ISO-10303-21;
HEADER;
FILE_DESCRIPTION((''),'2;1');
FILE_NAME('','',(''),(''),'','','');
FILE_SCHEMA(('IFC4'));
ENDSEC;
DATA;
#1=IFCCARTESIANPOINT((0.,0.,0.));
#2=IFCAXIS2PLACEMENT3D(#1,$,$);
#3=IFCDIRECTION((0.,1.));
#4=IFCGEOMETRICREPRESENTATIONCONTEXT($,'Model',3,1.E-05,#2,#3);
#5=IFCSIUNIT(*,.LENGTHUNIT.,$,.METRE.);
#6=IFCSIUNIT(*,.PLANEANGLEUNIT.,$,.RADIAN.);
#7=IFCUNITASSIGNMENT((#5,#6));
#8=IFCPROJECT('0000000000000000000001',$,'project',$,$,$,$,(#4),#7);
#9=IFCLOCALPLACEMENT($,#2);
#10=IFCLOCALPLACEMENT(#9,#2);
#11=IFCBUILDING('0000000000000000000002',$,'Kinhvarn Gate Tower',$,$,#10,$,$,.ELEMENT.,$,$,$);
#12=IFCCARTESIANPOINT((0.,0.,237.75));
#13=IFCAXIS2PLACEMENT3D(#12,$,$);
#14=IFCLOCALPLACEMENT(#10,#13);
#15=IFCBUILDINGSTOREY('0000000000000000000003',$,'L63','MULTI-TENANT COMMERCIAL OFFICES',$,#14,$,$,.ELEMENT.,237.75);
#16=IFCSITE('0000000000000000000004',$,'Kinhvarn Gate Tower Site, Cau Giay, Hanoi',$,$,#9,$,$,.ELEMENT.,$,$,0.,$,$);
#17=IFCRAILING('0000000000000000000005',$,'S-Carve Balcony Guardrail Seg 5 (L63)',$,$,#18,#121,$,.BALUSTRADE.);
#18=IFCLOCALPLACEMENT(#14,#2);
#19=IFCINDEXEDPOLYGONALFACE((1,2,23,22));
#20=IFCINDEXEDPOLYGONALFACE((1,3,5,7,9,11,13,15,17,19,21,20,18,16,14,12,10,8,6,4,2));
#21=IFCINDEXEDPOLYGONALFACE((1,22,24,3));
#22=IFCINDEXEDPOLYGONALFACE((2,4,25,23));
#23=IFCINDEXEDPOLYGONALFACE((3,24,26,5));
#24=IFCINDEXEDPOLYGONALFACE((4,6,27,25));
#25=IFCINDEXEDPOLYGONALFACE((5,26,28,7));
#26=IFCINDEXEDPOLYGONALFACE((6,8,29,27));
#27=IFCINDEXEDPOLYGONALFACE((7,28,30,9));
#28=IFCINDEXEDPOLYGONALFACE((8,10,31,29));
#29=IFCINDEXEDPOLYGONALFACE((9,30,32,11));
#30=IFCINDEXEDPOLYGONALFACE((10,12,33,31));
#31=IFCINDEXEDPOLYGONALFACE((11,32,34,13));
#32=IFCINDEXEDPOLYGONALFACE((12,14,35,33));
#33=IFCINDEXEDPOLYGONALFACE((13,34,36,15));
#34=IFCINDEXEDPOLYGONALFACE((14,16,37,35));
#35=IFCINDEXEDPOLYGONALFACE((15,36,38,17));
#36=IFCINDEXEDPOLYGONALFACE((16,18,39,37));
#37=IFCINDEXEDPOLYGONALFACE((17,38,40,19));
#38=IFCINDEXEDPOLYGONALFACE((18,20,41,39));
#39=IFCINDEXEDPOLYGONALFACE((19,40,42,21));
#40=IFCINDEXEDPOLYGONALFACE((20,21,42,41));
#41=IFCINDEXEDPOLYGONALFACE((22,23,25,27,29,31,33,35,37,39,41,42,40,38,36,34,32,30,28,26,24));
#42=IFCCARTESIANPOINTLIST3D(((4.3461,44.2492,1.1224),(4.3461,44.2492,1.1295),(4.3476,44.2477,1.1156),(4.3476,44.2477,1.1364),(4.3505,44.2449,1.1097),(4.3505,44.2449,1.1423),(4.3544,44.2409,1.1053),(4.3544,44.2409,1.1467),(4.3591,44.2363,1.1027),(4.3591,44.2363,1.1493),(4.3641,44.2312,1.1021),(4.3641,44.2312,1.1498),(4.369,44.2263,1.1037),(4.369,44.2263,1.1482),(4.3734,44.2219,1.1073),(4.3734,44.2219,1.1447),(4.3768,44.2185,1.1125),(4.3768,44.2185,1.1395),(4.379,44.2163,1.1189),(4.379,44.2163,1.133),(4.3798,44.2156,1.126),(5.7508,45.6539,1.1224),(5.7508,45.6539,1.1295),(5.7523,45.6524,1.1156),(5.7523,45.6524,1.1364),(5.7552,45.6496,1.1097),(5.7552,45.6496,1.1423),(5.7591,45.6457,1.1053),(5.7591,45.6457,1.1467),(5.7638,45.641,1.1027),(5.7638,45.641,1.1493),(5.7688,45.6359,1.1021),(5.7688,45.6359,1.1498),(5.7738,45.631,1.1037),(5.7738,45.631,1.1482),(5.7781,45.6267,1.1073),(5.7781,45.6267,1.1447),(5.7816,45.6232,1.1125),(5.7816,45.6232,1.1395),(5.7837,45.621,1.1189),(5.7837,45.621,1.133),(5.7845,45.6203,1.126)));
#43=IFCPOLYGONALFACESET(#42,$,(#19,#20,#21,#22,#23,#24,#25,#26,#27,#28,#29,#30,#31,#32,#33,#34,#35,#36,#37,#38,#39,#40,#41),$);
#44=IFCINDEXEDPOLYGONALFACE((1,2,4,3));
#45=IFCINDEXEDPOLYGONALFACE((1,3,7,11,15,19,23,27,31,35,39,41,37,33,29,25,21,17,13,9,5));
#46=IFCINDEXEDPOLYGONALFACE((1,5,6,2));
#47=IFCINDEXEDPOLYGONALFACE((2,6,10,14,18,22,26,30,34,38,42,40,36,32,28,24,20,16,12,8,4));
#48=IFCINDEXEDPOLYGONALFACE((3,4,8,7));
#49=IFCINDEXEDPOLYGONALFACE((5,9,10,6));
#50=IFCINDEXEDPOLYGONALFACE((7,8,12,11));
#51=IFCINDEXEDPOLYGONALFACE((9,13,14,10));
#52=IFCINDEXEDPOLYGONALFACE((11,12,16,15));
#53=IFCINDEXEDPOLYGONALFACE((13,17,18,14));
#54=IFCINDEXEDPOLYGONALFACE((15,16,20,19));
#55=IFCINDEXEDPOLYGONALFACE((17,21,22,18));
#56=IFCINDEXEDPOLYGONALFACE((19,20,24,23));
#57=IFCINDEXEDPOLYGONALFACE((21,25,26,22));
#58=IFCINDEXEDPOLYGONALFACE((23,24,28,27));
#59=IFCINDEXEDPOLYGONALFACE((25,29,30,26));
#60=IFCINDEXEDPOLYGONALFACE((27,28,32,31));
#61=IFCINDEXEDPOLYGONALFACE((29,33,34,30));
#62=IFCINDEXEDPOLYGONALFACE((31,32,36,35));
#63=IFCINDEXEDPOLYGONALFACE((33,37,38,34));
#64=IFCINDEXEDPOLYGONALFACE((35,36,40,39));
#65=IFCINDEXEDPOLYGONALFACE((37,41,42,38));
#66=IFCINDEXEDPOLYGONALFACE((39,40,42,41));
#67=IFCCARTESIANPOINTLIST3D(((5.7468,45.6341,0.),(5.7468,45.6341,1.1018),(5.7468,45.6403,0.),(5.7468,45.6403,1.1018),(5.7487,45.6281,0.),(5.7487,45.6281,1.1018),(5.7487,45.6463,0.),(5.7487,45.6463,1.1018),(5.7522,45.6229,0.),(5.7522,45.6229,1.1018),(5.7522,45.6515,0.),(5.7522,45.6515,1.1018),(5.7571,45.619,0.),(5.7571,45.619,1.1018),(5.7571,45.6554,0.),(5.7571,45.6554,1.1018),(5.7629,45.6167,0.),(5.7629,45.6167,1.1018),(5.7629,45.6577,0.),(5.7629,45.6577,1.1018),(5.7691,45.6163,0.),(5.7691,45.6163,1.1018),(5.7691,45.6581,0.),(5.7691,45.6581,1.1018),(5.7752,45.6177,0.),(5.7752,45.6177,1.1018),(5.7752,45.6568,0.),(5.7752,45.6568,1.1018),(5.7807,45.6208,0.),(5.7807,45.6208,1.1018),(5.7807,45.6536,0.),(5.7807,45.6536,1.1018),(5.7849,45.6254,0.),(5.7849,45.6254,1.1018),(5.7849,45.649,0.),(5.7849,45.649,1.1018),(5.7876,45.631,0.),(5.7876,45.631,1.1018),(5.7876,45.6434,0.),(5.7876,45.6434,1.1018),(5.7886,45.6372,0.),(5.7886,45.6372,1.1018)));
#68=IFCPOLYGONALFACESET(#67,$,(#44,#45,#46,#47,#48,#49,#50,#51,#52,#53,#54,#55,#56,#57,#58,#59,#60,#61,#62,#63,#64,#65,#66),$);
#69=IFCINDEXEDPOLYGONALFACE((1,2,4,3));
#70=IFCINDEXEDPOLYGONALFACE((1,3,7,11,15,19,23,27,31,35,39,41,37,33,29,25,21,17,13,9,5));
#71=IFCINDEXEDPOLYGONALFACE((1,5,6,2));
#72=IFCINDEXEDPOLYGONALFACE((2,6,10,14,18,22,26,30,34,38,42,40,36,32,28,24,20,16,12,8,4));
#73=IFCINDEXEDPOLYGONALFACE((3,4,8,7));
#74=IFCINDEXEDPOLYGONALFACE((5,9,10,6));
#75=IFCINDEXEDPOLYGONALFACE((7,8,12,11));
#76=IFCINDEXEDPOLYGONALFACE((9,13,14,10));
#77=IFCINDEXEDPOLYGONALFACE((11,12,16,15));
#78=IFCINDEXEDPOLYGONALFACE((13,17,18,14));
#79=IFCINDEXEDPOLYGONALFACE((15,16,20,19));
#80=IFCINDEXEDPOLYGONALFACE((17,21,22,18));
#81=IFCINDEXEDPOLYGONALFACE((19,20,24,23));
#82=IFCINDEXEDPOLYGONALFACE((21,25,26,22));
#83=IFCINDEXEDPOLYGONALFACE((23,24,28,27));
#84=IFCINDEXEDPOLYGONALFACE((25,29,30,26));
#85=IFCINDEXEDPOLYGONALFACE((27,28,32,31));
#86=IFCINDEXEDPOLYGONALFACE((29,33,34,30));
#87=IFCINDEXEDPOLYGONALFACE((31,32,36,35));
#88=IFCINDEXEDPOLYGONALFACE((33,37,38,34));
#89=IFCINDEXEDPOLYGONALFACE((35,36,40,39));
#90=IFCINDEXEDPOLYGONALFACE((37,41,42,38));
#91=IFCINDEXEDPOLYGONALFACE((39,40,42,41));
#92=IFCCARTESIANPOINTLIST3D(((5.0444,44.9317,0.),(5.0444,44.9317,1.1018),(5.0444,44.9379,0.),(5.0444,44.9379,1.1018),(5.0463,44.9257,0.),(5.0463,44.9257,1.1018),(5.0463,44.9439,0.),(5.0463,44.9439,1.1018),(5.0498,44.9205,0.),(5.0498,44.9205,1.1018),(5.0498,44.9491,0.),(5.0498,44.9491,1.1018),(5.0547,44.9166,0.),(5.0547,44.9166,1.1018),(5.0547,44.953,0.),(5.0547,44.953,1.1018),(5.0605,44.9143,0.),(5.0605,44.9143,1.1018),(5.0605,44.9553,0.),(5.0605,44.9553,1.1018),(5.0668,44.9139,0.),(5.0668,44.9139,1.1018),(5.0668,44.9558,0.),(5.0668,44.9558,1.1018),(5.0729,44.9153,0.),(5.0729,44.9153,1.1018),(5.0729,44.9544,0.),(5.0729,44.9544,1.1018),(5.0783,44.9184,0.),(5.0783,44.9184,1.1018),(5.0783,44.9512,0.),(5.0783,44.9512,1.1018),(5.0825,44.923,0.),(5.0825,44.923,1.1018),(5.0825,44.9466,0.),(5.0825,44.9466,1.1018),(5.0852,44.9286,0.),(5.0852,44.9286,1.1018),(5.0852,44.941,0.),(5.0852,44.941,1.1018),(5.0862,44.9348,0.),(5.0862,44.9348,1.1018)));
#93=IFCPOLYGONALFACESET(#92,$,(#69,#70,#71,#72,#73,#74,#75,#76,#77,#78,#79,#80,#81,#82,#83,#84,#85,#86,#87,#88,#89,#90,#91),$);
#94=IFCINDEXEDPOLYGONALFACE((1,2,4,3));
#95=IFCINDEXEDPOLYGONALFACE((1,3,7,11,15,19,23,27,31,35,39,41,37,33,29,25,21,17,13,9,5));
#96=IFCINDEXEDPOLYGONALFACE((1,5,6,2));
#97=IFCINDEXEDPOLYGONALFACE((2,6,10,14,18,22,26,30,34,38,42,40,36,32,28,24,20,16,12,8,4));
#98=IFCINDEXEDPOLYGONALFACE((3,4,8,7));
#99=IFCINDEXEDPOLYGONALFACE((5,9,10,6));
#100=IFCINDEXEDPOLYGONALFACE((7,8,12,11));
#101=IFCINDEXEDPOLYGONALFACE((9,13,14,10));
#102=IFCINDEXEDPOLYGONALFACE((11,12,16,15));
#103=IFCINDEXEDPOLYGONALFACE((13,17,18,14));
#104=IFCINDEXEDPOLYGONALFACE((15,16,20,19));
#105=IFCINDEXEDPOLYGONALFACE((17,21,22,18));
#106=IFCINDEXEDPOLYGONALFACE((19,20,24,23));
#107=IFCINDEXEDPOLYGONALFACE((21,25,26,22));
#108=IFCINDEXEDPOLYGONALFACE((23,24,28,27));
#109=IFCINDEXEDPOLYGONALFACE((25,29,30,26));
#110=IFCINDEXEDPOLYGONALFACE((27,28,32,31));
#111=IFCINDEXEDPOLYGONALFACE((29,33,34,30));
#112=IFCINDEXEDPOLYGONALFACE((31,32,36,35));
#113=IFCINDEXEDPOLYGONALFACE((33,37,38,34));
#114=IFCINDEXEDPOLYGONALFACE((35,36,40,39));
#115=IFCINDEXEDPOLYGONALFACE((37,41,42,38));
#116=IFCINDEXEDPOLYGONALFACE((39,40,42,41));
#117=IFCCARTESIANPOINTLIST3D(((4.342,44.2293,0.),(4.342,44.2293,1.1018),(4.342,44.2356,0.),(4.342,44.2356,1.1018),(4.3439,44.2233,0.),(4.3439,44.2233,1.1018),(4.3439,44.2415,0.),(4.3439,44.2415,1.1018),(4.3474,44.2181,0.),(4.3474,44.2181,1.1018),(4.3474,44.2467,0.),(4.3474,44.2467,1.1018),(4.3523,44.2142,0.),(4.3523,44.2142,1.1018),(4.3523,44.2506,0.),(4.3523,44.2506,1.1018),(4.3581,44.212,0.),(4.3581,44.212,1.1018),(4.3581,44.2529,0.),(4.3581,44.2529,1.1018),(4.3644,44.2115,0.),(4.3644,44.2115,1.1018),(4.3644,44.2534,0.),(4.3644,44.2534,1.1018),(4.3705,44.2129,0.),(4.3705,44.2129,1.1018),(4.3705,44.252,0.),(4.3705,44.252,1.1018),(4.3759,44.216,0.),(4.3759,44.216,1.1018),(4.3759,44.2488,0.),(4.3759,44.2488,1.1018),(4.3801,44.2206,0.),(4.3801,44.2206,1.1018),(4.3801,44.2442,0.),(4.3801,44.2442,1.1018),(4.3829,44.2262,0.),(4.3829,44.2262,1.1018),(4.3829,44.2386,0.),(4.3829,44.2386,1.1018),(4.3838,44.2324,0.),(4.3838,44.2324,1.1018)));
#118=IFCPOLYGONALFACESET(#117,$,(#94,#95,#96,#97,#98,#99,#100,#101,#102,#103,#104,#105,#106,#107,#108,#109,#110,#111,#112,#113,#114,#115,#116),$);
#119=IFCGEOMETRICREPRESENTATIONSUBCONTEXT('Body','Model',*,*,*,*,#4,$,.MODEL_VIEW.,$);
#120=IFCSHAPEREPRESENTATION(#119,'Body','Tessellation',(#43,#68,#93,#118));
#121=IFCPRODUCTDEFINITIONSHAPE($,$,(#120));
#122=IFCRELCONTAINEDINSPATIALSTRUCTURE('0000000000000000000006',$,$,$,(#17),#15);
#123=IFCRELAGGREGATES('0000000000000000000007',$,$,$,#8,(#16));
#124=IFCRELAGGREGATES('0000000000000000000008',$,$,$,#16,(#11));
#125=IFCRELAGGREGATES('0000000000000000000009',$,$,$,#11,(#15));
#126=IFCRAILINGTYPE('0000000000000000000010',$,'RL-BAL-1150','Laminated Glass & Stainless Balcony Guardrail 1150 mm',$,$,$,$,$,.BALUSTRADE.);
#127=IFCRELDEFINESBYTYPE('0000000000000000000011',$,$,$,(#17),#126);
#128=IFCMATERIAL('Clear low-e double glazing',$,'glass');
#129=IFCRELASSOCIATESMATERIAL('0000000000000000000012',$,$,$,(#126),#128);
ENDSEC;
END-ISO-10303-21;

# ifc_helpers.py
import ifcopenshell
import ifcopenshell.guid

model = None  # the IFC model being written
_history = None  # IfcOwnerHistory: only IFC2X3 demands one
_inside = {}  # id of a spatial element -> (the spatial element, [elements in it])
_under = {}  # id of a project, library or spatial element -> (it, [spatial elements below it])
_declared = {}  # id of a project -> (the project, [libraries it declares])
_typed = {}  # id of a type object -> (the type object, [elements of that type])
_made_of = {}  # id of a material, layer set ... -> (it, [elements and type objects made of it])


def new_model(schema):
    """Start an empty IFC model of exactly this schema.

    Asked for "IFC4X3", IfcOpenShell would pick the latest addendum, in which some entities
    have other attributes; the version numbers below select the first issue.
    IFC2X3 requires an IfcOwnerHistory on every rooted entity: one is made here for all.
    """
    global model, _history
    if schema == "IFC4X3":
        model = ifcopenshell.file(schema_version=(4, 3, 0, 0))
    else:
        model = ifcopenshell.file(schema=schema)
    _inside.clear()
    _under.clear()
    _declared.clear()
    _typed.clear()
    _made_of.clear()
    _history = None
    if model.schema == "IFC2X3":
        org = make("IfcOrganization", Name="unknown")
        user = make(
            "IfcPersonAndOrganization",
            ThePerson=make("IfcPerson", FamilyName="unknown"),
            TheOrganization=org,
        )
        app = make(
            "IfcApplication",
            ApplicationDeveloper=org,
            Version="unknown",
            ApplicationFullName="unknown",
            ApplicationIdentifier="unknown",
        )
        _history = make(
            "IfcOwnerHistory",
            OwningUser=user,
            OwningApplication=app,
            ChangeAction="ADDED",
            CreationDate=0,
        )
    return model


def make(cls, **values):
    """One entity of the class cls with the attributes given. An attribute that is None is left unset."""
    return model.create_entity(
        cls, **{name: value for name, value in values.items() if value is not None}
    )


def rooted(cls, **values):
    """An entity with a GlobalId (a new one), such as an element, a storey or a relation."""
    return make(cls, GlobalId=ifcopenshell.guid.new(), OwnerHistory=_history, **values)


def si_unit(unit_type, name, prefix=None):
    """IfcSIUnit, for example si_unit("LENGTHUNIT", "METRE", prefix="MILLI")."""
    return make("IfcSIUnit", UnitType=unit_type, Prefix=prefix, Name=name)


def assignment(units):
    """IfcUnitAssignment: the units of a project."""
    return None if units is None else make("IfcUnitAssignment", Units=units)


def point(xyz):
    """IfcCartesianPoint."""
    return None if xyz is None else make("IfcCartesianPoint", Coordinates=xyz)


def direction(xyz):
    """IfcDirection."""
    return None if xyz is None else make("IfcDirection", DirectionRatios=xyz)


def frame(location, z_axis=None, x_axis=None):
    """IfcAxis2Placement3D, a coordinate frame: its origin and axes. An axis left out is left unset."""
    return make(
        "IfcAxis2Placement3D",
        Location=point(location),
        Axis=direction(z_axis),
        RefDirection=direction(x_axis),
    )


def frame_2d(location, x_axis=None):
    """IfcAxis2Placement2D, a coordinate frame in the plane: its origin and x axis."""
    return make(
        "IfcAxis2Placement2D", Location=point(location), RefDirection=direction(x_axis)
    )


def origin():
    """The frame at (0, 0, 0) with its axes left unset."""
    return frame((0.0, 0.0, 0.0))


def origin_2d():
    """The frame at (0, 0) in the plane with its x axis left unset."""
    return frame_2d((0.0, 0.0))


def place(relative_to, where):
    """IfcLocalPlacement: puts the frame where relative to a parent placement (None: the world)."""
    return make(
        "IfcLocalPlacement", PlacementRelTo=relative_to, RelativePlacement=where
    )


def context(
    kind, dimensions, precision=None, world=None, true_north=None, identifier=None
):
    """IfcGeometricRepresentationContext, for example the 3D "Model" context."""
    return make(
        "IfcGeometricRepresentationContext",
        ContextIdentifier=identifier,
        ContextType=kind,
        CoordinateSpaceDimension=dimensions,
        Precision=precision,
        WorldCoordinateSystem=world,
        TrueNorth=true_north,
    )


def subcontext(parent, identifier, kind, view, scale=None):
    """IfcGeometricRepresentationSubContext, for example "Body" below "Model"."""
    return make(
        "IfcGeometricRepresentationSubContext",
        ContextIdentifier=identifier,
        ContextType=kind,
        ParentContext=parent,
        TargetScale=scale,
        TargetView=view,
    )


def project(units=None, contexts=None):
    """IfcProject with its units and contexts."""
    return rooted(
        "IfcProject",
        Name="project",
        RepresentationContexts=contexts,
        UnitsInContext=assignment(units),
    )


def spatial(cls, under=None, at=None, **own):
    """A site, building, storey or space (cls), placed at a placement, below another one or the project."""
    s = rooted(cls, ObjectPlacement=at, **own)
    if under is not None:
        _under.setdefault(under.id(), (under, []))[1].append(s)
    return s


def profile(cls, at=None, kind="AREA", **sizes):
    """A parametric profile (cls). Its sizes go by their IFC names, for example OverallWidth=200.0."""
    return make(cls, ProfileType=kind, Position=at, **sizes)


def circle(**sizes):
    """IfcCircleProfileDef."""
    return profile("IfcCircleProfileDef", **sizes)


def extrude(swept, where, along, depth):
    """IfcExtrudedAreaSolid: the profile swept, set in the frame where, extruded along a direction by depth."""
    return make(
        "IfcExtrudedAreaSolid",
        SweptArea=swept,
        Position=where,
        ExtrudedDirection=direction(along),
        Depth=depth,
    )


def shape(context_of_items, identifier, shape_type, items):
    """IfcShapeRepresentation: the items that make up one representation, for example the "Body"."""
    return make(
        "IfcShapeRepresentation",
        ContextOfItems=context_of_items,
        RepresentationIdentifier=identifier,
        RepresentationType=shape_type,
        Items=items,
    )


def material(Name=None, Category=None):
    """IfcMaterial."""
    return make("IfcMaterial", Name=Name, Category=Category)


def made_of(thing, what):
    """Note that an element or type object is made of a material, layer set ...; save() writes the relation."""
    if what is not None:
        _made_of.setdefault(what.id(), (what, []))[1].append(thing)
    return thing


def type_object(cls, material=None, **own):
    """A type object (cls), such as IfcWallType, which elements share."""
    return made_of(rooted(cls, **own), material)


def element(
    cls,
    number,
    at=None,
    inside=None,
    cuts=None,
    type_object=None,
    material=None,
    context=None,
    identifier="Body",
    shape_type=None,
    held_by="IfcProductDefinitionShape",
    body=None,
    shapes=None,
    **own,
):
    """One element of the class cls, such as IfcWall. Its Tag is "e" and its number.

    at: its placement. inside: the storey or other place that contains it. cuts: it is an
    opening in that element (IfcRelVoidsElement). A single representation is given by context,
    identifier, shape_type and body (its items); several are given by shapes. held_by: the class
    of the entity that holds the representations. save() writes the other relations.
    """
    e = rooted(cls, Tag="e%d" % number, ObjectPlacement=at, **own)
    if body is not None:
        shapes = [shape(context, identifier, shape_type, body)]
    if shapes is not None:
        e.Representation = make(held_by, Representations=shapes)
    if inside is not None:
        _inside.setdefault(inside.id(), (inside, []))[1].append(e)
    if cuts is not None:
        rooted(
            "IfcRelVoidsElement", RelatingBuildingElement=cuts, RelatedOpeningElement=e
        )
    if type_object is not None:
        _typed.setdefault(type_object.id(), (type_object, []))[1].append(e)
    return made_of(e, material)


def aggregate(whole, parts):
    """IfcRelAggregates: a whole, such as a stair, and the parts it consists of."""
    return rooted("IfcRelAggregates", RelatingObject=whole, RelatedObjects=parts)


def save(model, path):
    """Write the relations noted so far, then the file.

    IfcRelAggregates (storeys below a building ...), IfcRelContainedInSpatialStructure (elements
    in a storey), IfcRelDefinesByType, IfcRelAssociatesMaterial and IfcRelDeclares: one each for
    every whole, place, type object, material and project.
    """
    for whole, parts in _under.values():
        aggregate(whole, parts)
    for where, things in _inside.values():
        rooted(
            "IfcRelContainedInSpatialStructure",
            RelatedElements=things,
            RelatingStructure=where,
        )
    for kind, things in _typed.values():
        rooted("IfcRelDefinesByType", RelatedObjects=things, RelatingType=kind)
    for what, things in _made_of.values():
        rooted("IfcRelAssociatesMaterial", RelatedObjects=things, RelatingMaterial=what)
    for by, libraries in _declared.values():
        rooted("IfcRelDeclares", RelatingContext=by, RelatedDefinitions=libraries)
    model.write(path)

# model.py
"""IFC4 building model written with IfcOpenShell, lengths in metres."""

from ifc_helpers import new_model, si_unit, direction, frame, origin, origin_2d, place, context, subcontext, project, spatial, circle, extrude, material, type_object, element, save


model = new_model("IFC4")

# Units and contexts
model_context = context("Model", 3, precision=1e-05, world=origin(), true_north=direction((0.0, 1.0)))
body_context = subcontext(model_context, "Body", "Model", "MODEL_VIEW")
ifc_project = project(units=[si_unit("LENGTHUNIT", "METRE"), si_unit("PLANEANGLEUNIT", "RADIAN")], contexts=[model_context])

# Site, building, storey
site_placement = place(None, origin())
site = spatial("IfcSite", under=ifc_project, at=site_placement, Name="Kinhvarn Gate Tower Site, Cau Giay, Hanoi", CompositionType="ELEMENT", RefElevation=0.0)
building_placement = place(site_placement, origin())
building = spatial("IfcBuilding", under=site, at=building_placement, Name="Kinhvarn Gate Tower", CompositionType="ELEMENT")
storey_placement = place(building_placement, frame((0.0, 0.0, 237.75)))
storey = spatial("IfcBuildingStorey", under=building, at=storey_placement, Name="L63", Description="MULTI-TENANT COMMERCIAL OFFICES", CompositionType="ELEMENT", Elevation=237.75)

# Shared definitions
ifc_material_1 = material(Name="Clear low-e double glazing", Category="glass")

# Railing
railing_type = type_object("IfcRailingType", Name="RL-BAL-1150", Description="Laminated Glass & Stainless Balcony Guardrail 1150 mm", PredefinedType="BALUSTRADE", material=ifc_material_1)
railing_1_placement = place(storey_placement, frame((5.7676, 45.6372, 0.0)))
element("IfcRailing", 1, at=railing_1_placement, inside=storey, type_object=railing_type, Name="S-Carve Balcony Guardrail Seg 5 (L63)", PredefinedType="BALUSTRADE", context=body_context, shape_type="SweptSolid", body=[
    extrude(circle(Radius=0.0239, at=origin_2d()), frame((0.0, 0.0, 1.126), z_axis=(-0.707107, -0.707107, 0.0), x_axis=(0.707107, -0.707107, 0.0)), (0.0, 0.0, 1.0), 1.9866),
    extrude(circle(Radius=0.021, at=origin_2d()), origin(), (0.0, 0.0, 1.0), 1.1018),
    extrude(circle(Radius=0.021, at=origin_2d()), frame((-0.7024, -0.7024, 0.0)), (0.0, 0.0, 1.0), 1.1018),
    extrude(circle(Radius=0.021, at=origin_2d()), frame((-1.4048, -1.4048, 0.0)), (0.0, 0.0, 1.0), 1.1018),
])

save(model, "model.ifc")
